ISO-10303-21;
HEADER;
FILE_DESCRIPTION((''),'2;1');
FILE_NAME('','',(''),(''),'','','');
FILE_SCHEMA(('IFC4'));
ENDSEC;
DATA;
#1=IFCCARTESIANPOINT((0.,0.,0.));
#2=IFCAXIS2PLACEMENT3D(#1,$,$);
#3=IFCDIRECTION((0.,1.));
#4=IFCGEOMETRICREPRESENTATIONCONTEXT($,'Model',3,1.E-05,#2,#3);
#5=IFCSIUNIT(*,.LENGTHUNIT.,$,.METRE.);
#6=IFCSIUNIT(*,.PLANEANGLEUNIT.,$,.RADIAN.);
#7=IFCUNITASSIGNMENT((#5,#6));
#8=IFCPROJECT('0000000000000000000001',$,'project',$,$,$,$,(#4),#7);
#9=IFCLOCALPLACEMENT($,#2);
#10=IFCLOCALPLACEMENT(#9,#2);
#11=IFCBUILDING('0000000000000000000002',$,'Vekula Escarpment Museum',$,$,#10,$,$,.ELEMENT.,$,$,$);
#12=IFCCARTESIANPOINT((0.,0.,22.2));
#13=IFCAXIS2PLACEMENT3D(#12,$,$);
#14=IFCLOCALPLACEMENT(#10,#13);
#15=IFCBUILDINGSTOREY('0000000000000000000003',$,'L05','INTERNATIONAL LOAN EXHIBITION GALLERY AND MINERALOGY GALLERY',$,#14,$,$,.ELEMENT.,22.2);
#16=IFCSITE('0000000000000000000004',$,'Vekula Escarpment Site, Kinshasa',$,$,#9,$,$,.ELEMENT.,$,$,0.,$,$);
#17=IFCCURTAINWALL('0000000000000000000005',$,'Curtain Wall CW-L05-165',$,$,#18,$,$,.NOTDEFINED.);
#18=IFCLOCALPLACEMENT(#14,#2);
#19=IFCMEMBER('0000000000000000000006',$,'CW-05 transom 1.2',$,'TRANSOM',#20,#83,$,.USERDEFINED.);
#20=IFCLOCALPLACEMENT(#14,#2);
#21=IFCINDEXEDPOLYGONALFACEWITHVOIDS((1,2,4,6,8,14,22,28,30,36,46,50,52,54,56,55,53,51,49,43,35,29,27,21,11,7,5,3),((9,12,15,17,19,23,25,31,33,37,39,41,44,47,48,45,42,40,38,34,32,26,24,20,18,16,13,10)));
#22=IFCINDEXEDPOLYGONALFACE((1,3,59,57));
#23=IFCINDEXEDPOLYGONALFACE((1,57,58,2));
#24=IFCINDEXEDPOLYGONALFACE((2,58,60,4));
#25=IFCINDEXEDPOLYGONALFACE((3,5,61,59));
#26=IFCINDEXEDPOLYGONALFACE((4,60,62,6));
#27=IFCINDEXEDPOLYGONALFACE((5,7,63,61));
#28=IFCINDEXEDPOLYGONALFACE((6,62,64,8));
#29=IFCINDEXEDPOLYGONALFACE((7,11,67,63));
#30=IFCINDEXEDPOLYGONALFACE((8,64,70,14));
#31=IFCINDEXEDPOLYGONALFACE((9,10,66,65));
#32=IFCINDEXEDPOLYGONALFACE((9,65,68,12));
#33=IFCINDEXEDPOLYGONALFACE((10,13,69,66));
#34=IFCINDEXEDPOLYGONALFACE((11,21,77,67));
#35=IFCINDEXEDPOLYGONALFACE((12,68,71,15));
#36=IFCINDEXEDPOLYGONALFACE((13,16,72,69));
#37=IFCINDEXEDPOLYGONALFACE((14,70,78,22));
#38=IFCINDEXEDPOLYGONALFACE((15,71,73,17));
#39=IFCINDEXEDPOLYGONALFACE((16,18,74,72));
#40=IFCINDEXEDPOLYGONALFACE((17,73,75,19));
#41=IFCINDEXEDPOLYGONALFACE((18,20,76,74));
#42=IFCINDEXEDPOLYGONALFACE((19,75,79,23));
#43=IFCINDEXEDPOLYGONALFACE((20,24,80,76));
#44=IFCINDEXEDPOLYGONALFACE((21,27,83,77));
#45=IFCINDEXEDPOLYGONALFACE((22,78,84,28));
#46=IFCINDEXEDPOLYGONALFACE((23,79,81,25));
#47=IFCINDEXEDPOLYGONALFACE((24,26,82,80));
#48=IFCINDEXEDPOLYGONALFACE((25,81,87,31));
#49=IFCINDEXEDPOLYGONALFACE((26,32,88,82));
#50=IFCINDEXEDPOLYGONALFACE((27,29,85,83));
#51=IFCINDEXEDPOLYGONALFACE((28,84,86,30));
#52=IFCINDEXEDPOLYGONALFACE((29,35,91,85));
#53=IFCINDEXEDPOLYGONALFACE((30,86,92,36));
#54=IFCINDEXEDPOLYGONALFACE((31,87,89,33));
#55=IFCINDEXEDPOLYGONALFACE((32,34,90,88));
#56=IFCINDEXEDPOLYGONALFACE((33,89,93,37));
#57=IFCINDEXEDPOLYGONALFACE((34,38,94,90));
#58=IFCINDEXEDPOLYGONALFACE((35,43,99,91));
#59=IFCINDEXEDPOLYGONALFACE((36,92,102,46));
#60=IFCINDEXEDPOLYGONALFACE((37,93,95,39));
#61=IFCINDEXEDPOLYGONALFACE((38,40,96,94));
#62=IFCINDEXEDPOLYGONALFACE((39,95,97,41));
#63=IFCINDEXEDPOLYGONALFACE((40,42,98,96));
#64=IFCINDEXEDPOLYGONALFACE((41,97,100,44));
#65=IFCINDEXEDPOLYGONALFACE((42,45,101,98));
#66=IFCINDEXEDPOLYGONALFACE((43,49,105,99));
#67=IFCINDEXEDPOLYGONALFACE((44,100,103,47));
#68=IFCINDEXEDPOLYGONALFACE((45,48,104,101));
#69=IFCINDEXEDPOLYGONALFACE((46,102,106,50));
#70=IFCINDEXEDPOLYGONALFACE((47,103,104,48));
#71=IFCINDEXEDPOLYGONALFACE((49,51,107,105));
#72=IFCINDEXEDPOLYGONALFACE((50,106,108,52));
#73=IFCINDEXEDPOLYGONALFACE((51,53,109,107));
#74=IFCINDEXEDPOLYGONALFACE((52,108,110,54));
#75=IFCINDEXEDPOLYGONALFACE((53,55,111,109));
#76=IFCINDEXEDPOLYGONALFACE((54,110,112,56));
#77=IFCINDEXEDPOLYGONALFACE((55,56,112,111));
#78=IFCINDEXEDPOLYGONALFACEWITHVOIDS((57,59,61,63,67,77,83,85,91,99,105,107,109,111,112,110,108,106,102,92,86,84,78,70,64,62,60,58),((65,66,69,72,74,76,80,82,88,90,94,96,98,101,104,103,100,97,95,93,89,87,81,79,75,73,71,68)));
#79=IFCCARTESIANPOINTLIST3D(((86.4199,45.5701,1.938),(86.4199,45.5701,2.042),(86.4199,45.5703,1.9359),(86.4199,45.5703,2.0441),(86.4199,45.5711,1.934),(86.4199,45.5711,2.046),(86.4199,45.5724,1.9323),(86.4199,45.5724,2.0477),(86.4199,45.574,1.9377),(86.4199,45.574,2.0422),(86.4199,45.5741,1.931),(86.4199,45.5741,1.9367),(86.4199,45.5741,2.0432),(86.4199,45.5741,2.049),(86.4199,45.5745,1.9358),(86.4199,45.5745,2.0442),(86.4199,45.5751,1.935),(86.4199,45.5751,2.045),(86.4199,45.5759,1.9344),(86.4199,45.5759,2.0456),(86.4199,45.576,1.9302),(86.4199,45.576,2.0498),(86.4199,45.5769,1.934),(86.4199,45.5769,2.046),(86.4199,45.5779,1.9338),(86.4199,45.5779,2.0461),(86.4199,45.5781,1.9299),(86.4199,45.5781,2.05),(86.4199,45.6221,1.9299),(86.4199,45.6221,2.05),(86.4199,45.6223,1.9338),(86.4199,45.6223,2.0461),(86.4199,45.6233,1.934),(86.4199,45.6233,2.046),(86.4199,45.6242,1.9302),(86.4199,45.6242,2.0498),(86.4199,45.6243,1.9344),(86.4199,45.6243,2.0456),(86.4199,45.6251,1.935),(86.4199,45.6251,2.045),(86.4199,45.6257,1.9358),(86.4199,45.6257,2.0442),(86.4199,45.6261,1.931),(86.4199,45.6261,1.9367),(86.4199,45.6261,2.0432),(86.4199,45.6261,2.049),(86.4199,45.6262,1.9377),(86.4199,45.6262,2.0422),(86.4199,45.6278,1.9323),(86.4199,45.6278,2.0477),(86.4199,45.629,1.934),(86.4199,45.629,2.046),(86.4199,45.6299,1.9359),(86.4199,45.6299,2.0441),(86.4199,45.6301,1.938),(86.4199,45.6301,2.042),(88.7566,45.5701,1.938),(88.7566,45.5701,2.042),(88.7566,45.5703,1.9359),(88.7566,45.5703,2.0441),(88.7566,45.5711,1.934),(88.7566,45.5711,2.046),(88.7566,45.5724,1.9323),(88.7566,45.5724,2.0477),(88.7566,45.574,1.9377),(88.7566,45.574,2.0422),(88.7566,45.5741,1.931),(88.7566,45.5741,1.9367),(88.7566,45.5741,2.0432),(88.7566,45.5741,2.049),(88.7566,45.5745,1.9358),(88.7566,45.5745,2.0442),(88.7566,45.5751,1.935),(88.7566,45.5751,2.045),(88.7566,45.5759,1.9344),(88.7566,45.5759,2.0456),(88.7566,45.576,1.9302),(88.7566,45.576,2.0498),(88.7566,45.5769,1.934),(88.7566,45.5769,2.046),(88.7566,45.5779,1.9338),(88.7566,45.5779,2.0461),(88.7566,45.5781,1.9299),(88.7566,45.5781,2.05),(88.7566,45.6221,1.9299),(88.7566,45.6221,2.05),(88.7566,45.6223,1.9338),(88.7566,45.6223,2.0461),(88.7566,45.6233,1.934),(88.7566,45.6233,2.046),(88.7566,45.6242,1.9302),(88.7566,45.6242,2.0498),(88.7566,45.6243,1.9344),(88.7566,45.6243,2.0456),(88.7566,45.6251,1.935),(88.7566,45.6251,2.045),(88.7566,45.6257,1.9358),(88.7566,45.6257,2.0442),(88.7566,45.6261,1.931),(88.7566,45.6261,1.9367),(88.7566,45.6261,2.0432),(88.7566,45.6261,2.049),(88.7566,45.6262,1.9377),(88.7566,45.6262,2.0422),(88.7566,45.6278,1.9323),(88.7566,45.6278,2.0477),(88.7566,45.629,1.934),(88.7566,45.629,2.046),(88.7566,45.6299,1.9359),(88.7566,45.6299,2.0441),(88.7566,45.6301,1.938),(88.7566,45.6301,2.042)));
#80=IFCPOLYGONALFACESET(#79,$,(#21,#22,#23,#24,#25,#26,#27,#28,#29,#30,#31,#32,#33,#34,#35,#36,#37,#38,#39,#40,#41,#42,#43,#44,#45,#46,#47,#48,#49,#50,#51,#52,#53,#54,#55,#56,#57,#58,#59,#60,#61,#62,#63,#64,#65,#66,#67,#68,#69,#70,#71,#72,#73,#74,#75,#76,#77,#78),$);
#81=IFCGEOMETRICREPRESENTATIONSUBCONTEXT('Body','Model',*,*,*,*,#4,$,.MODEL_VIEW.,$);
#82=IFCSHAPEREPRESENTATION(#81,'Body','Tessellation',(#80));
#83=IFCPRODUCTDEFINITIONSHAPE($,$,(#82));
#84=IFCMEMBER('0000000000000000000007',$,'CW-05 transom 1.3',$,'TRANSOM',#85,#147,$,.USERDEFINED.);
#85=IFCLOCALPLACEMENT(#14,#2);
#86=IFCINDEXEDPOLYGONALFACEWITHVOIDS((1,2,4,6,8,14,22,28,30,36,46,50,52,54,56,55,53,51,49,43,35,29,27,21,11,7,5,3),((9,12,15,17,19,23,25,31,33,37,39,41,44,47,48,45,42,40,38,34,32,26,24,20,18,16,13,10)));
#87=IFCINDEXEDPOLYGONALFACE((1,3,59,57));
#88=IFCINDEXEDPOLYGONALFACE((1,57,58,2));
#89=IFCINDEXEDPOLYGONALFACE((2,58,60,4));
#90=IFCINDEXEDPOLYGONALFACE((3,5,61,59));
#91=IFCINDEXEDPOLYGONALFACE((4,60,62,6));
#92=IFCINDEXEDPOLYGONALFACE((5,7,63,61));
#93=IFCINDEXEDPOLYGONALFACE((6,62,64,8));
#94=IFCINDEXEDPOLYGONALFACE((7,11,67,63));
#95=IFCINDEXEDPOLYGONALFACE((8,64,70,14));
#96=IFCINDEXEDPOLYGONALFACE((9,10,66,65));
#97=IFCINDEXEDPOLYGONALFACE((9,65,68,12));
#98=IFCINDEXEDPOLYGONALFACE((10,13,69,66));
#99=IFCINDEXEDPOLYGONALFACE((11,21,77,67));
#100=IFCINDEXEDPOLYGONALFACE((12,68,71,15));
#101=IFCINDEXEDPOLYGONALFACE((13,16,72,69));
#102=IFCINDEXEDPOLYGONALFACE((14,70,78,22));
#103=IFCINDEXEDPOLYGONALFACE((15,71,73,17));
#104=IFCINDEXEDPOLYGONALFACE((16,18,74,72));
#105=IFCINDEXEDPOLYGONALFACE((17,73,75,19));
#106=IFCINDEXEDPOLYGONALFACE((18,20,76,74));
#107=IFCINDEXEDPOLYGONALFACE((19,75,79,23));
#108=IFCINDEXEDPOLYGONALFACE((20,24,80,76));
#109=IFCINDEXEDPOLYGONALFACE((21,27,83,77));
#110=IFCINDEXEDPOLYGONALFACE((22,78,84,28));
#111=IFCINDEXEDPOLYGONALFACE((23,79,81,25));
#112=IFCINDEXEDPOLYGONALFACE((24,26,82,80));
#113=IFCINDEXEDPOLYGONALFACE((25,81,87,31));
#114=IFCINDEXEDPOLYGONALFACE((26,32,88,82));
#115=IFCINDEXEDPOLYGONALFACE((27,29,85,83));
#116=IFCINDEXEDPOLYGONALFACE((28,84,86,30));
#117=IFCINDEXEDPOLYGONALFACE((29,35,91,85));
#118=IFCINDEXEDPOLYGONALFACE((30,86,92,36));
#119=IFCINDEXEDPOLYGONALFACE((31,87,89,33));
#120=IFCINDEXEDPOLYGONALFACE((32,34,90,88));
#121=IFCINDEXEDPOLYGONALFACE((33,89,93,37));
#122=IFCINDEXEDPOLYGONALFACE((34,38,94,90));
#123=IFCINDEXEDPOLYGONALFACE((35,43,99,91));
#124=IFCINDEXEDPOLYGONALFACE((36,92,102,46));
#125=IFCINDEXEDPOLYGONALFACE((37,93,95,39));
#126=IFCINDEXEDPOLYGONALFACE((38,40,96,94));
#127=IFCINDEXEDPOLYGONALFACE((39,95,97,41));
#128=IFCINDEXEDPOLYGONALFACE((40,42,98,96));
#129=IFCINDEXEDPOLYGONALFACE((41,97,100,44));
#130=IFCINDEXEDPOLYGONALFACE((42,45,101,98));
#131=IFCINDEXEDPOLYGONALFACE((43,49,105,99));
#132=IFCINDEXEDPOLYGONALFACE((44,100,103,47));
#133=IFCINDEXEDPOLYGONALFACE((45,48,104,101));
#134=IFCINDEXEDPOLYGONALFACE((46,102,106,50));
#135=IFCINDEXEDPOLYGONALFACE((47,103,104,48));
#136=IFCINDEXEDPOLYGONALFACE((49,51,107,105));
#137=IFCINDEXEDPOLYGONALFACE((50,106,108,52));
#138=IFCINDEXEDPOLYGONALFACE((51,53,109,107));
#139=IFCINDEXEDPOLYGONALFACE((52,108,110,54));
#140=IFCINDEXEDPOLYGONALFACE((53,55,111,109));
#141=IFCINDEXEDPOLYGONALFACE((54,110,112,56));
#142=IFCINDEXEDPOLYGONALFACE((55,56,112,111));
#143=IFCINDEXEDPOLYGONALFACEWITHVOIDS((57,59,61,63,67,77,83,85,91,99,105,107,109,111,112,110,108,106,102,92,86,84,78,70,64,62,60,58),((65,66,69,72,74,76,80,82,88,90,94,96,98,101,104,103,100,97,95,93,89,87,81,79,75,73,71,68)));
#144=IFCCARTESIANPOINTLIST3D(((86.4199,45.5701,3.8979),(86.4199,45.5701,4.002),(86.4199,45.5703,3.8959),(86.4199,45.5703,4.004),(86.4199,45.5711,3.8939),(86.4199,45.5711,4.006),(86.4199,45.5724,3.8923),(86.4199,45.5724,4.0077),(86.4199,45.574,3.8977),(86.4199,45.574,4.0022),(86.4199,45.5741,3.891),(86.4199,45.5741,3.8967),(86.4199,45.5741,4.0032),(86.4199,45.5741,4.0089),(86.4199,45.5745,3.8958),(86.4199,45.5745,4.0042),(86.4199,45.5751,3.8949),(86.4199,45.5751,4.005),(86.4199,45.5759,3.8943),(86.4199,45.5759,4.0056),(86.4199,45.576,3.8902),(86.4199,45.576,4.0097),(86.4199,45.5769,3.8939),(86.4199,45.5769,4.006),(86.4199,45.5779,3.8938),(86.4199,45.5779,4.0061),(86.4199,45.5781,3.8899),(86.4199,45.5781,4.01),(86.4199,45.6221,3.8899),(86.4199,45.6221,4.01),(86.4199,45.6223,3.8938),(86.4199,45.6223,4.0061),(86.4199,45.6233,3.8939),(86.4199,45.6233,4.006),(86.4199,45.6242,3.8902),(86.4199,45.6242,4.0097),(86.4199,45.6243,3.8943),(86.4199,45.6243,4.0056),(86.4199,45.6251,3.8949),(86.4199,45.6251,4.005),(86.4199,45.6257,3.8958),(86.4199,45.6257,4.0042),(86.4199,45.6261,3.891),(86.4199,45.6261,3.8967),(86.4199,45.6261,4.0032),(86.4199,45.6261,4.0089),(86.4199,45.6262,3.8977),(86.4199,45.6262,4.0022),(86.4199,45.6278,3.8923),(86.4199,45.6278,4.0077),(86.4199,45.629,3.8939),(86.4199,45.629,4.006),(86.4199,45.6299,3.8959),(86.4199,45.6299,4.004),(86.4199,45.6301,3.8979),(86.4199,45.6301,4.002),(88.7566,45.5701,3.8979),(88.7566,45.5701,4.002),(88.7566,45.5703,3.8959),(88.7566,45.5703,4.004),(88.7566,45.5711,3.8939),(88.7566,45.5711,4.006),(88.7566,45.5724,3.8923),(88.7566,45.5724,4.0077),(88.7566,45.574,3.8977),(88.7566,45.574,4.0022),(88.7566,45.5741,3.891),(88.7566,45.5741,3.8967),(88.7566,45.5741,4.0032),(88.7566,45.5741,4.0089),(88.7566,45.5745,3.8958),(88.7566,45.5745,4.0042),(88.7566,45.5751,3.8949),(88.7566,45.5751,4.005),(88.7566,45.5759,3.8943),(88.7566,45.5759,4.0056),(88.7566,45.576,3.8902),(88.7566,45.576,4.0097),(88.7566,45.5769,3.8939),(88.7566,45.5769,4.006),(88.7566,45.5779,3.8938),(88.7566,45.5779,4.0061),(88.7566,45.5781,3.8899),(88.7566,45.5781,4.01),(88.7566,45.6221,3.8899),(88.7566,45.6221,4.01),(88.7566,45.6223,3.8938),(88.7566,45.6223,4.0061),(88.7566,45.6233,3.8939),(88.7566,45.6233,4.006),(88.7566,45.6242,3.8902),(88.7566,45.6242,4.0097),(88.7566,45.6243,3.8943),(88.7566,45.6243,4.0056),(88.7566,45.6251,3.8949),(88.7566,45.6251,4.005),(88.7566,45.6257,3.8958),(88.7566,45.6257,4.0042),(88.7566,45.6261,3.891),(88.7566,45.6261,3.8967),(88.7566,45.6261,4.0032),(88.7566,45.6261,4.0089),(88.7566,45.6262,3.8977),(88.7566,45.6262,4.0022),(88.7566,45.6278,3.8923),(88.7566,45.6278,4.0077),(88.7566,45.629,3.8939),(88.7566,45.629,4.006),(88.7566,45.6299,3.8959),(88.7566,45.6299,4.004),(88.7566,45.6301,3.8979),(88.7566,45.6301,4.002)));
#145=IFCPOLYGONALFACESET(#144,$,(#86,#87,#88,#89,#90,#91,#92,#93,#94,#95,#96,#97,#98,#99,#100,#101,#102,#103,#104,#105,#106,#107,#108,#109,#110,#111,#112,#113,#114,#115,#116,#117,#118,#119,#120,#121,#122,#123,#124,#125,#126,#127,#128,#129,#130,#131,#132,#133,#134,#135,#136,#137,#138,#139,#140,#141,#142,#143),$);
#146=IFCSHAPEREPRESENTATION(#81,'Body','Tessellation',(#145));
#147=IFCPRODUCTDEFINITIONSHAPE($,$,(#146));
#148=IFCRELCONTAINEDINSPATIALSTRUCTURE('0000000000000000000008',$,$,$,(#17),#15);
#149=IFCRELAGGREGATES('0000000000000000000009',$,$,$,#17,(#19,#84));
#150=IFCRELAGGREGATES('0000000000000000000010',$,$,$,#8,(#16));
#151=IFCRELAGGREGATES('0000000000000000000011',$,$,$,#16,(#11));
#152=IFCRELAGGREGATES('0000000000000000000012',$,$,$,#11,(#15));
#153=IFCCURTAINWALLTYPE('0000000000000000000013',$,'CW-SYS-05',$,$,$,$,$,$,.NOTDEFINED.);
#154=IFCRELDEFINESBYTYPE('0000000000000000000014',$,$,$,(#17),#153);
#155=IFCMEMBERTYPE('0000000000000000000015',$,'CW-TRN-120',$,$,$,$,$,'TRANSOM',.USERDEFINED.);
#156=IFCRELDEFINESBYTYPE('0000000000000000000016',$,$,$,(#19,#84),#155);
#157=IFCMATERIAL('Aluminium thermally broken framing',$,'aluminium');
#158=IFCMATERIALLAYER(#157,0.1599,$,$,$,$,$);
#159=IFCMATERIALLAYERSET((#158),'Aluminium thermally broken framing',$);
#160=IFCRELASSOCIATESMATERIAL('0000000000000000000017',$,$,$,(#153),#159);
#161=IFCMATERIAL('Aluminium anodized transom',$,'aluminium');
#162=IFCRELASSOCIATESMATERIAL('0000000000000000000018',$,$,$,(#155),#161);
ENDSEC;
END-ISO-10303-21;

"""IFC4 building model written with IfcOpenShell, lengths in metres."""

from ifc_helpers import new_model, si_unit, direction, frame, origin, origin_2d, place, context, subcontext, project, spatial, hollow_rectangle, extrude, material, layer, layer_set, material_profile, profile_set, type_object, element, aggregate, save


model = new_model("IFC4")

# Units and contexts
model_context = context("Model", 3, precision=1e-05, world=origin(), true_north=direction((0.0, 1.0)))
body_context = subcontext(model_context, "Body", "Model", "MODEL_VIEW")
ifc_project = project(units=[si_unit("LENGTHUNIT", "METRE"), si_unit("PLANEANGLEUNIT", "RADIAN")], contexts=[model_context])

# Site, building, storey
site_placement = place(None, origin())
site = spatial("IfcSite", under=ifc_project, at=site_placement, Name="Vekula Escarpment Site, Kinshasa", CompositionType="ELEMENT", RefElevation=0.0)
building_placement = place(site_placement, origin())
building = spatial("IfcBuilding", under=site, at=building_placement, Name="Vekula Escarpment Museum", CompositionType="ELEMENT")
storey_placement = place(building_placement, frame((0.0, 0.0, 22.2)))
storey = spatial("IfcBuildingStorey", under=building, at=storey_placement, Name="L05", Description="INTERNATIONAL LOAN EXHIBITION GALLERY AND MINERALOGY GALLERY", CompositionType="ELEMENT", Elevation=22.2)

# Curtain wall, members
ifc_material_1 = material(Name="Aluminium thermally broken framing", Category="aluminium")
ifc_layer_1 = layer(ifc_material_1, 0.1599)
ifc_layer_set_1 = layer_set([ifc_layer_1], Name="Aluminium thermally broken framing")
curtain_wall_type_1 = type_object("IfcCurtainWallType", Name="CW-SYS-05", PredefinedType="NOTDEFINED", material=ifc_layer_set_1)
curtain_wall_1_placement = place(storey_placement, origin())
curtain_wall_1 = element("IfcCurtainWall", 1, at=curtain_wall_1_placement, inside=storey, type_object=curtain_wall_type_1, Name="Curtain Wall CW-L05-165", PredefinedType="NOTDEFINED")
ifc_material_2 = material(Name="Aluminium anodized transom", Category="aluminium")
ifc_material_profile_1 = material_profile(ifc_material_2, hollow_rectangle(XDim=0.0601, YDim=0.1201, WallThickness=0.0039, InnerFilletRadius=0.0039, OuterFilletRadius=0.0081, at=origin_2d()), Name="ALU 120x60x4")
ifc_profile_set_1 = profile_set([ifc_material_profile_1], Name="Aluminium anodized transom")
member_type_1 = type_object("IfcMemberType", Name="CW-TRN-120", ElementType="TRANSOM", PredefinedType="USERDEFINED", material=ifc_profile_set_1)
member_1_placement = place(storey_placement, frame((86.4199, 45.6001, 1.99), z_axis=(1.0, 0.0, 0.0), x_axis=(0.0, 1.0, 0.0)))
member_1 = element("IfcMember", 2, at=member_1_placement, type_object=member_type_1, Name="CW-05 transom 1.2", ObjectType="TRANSOM", PredefinedType="USERDEFINED", context=body_context, shape_type="SweptSolid", body=[
    extrude(hollow_rectangle(XDim=0.0601, YDim=0.1201, WallThickness=0.0039, InnerFilletRadius=0.0039, OuterFilletRadius=0.0081, at=origin_2d()), origin(), (0.0, 0.0, 1.0), 2.3367),
])
member_2_placement = place(storey_placement, frame((86.4199, 45.6001, 3.95), z_axis=(1.0, 0.0, 0.0), x_axis=(0.0, 1.0, 0.0)))
member_2 = element("IfcMember", 3, at=member_2_placement, type_object=member_type_1, Name="CW-05 transom 1.3", ObjectType="TRANSOM", PredefinedType="USERDEFINED", context=body_context, shape_type="SweptSolid", body=[
    extrude(hollow_rectangle(XDim=0.0601, YDim=0.1201, WallThickness=0.0039, InnerFilletRadius=0.0039, OuterFilletRadius=0.0081, at=origin_2d()), origin(), (0.0, 0.0, 1.0), 2.3367),
])

aggregate(curtain_wall_1, [member_1, member_2])

save(model, "model.ifc")
